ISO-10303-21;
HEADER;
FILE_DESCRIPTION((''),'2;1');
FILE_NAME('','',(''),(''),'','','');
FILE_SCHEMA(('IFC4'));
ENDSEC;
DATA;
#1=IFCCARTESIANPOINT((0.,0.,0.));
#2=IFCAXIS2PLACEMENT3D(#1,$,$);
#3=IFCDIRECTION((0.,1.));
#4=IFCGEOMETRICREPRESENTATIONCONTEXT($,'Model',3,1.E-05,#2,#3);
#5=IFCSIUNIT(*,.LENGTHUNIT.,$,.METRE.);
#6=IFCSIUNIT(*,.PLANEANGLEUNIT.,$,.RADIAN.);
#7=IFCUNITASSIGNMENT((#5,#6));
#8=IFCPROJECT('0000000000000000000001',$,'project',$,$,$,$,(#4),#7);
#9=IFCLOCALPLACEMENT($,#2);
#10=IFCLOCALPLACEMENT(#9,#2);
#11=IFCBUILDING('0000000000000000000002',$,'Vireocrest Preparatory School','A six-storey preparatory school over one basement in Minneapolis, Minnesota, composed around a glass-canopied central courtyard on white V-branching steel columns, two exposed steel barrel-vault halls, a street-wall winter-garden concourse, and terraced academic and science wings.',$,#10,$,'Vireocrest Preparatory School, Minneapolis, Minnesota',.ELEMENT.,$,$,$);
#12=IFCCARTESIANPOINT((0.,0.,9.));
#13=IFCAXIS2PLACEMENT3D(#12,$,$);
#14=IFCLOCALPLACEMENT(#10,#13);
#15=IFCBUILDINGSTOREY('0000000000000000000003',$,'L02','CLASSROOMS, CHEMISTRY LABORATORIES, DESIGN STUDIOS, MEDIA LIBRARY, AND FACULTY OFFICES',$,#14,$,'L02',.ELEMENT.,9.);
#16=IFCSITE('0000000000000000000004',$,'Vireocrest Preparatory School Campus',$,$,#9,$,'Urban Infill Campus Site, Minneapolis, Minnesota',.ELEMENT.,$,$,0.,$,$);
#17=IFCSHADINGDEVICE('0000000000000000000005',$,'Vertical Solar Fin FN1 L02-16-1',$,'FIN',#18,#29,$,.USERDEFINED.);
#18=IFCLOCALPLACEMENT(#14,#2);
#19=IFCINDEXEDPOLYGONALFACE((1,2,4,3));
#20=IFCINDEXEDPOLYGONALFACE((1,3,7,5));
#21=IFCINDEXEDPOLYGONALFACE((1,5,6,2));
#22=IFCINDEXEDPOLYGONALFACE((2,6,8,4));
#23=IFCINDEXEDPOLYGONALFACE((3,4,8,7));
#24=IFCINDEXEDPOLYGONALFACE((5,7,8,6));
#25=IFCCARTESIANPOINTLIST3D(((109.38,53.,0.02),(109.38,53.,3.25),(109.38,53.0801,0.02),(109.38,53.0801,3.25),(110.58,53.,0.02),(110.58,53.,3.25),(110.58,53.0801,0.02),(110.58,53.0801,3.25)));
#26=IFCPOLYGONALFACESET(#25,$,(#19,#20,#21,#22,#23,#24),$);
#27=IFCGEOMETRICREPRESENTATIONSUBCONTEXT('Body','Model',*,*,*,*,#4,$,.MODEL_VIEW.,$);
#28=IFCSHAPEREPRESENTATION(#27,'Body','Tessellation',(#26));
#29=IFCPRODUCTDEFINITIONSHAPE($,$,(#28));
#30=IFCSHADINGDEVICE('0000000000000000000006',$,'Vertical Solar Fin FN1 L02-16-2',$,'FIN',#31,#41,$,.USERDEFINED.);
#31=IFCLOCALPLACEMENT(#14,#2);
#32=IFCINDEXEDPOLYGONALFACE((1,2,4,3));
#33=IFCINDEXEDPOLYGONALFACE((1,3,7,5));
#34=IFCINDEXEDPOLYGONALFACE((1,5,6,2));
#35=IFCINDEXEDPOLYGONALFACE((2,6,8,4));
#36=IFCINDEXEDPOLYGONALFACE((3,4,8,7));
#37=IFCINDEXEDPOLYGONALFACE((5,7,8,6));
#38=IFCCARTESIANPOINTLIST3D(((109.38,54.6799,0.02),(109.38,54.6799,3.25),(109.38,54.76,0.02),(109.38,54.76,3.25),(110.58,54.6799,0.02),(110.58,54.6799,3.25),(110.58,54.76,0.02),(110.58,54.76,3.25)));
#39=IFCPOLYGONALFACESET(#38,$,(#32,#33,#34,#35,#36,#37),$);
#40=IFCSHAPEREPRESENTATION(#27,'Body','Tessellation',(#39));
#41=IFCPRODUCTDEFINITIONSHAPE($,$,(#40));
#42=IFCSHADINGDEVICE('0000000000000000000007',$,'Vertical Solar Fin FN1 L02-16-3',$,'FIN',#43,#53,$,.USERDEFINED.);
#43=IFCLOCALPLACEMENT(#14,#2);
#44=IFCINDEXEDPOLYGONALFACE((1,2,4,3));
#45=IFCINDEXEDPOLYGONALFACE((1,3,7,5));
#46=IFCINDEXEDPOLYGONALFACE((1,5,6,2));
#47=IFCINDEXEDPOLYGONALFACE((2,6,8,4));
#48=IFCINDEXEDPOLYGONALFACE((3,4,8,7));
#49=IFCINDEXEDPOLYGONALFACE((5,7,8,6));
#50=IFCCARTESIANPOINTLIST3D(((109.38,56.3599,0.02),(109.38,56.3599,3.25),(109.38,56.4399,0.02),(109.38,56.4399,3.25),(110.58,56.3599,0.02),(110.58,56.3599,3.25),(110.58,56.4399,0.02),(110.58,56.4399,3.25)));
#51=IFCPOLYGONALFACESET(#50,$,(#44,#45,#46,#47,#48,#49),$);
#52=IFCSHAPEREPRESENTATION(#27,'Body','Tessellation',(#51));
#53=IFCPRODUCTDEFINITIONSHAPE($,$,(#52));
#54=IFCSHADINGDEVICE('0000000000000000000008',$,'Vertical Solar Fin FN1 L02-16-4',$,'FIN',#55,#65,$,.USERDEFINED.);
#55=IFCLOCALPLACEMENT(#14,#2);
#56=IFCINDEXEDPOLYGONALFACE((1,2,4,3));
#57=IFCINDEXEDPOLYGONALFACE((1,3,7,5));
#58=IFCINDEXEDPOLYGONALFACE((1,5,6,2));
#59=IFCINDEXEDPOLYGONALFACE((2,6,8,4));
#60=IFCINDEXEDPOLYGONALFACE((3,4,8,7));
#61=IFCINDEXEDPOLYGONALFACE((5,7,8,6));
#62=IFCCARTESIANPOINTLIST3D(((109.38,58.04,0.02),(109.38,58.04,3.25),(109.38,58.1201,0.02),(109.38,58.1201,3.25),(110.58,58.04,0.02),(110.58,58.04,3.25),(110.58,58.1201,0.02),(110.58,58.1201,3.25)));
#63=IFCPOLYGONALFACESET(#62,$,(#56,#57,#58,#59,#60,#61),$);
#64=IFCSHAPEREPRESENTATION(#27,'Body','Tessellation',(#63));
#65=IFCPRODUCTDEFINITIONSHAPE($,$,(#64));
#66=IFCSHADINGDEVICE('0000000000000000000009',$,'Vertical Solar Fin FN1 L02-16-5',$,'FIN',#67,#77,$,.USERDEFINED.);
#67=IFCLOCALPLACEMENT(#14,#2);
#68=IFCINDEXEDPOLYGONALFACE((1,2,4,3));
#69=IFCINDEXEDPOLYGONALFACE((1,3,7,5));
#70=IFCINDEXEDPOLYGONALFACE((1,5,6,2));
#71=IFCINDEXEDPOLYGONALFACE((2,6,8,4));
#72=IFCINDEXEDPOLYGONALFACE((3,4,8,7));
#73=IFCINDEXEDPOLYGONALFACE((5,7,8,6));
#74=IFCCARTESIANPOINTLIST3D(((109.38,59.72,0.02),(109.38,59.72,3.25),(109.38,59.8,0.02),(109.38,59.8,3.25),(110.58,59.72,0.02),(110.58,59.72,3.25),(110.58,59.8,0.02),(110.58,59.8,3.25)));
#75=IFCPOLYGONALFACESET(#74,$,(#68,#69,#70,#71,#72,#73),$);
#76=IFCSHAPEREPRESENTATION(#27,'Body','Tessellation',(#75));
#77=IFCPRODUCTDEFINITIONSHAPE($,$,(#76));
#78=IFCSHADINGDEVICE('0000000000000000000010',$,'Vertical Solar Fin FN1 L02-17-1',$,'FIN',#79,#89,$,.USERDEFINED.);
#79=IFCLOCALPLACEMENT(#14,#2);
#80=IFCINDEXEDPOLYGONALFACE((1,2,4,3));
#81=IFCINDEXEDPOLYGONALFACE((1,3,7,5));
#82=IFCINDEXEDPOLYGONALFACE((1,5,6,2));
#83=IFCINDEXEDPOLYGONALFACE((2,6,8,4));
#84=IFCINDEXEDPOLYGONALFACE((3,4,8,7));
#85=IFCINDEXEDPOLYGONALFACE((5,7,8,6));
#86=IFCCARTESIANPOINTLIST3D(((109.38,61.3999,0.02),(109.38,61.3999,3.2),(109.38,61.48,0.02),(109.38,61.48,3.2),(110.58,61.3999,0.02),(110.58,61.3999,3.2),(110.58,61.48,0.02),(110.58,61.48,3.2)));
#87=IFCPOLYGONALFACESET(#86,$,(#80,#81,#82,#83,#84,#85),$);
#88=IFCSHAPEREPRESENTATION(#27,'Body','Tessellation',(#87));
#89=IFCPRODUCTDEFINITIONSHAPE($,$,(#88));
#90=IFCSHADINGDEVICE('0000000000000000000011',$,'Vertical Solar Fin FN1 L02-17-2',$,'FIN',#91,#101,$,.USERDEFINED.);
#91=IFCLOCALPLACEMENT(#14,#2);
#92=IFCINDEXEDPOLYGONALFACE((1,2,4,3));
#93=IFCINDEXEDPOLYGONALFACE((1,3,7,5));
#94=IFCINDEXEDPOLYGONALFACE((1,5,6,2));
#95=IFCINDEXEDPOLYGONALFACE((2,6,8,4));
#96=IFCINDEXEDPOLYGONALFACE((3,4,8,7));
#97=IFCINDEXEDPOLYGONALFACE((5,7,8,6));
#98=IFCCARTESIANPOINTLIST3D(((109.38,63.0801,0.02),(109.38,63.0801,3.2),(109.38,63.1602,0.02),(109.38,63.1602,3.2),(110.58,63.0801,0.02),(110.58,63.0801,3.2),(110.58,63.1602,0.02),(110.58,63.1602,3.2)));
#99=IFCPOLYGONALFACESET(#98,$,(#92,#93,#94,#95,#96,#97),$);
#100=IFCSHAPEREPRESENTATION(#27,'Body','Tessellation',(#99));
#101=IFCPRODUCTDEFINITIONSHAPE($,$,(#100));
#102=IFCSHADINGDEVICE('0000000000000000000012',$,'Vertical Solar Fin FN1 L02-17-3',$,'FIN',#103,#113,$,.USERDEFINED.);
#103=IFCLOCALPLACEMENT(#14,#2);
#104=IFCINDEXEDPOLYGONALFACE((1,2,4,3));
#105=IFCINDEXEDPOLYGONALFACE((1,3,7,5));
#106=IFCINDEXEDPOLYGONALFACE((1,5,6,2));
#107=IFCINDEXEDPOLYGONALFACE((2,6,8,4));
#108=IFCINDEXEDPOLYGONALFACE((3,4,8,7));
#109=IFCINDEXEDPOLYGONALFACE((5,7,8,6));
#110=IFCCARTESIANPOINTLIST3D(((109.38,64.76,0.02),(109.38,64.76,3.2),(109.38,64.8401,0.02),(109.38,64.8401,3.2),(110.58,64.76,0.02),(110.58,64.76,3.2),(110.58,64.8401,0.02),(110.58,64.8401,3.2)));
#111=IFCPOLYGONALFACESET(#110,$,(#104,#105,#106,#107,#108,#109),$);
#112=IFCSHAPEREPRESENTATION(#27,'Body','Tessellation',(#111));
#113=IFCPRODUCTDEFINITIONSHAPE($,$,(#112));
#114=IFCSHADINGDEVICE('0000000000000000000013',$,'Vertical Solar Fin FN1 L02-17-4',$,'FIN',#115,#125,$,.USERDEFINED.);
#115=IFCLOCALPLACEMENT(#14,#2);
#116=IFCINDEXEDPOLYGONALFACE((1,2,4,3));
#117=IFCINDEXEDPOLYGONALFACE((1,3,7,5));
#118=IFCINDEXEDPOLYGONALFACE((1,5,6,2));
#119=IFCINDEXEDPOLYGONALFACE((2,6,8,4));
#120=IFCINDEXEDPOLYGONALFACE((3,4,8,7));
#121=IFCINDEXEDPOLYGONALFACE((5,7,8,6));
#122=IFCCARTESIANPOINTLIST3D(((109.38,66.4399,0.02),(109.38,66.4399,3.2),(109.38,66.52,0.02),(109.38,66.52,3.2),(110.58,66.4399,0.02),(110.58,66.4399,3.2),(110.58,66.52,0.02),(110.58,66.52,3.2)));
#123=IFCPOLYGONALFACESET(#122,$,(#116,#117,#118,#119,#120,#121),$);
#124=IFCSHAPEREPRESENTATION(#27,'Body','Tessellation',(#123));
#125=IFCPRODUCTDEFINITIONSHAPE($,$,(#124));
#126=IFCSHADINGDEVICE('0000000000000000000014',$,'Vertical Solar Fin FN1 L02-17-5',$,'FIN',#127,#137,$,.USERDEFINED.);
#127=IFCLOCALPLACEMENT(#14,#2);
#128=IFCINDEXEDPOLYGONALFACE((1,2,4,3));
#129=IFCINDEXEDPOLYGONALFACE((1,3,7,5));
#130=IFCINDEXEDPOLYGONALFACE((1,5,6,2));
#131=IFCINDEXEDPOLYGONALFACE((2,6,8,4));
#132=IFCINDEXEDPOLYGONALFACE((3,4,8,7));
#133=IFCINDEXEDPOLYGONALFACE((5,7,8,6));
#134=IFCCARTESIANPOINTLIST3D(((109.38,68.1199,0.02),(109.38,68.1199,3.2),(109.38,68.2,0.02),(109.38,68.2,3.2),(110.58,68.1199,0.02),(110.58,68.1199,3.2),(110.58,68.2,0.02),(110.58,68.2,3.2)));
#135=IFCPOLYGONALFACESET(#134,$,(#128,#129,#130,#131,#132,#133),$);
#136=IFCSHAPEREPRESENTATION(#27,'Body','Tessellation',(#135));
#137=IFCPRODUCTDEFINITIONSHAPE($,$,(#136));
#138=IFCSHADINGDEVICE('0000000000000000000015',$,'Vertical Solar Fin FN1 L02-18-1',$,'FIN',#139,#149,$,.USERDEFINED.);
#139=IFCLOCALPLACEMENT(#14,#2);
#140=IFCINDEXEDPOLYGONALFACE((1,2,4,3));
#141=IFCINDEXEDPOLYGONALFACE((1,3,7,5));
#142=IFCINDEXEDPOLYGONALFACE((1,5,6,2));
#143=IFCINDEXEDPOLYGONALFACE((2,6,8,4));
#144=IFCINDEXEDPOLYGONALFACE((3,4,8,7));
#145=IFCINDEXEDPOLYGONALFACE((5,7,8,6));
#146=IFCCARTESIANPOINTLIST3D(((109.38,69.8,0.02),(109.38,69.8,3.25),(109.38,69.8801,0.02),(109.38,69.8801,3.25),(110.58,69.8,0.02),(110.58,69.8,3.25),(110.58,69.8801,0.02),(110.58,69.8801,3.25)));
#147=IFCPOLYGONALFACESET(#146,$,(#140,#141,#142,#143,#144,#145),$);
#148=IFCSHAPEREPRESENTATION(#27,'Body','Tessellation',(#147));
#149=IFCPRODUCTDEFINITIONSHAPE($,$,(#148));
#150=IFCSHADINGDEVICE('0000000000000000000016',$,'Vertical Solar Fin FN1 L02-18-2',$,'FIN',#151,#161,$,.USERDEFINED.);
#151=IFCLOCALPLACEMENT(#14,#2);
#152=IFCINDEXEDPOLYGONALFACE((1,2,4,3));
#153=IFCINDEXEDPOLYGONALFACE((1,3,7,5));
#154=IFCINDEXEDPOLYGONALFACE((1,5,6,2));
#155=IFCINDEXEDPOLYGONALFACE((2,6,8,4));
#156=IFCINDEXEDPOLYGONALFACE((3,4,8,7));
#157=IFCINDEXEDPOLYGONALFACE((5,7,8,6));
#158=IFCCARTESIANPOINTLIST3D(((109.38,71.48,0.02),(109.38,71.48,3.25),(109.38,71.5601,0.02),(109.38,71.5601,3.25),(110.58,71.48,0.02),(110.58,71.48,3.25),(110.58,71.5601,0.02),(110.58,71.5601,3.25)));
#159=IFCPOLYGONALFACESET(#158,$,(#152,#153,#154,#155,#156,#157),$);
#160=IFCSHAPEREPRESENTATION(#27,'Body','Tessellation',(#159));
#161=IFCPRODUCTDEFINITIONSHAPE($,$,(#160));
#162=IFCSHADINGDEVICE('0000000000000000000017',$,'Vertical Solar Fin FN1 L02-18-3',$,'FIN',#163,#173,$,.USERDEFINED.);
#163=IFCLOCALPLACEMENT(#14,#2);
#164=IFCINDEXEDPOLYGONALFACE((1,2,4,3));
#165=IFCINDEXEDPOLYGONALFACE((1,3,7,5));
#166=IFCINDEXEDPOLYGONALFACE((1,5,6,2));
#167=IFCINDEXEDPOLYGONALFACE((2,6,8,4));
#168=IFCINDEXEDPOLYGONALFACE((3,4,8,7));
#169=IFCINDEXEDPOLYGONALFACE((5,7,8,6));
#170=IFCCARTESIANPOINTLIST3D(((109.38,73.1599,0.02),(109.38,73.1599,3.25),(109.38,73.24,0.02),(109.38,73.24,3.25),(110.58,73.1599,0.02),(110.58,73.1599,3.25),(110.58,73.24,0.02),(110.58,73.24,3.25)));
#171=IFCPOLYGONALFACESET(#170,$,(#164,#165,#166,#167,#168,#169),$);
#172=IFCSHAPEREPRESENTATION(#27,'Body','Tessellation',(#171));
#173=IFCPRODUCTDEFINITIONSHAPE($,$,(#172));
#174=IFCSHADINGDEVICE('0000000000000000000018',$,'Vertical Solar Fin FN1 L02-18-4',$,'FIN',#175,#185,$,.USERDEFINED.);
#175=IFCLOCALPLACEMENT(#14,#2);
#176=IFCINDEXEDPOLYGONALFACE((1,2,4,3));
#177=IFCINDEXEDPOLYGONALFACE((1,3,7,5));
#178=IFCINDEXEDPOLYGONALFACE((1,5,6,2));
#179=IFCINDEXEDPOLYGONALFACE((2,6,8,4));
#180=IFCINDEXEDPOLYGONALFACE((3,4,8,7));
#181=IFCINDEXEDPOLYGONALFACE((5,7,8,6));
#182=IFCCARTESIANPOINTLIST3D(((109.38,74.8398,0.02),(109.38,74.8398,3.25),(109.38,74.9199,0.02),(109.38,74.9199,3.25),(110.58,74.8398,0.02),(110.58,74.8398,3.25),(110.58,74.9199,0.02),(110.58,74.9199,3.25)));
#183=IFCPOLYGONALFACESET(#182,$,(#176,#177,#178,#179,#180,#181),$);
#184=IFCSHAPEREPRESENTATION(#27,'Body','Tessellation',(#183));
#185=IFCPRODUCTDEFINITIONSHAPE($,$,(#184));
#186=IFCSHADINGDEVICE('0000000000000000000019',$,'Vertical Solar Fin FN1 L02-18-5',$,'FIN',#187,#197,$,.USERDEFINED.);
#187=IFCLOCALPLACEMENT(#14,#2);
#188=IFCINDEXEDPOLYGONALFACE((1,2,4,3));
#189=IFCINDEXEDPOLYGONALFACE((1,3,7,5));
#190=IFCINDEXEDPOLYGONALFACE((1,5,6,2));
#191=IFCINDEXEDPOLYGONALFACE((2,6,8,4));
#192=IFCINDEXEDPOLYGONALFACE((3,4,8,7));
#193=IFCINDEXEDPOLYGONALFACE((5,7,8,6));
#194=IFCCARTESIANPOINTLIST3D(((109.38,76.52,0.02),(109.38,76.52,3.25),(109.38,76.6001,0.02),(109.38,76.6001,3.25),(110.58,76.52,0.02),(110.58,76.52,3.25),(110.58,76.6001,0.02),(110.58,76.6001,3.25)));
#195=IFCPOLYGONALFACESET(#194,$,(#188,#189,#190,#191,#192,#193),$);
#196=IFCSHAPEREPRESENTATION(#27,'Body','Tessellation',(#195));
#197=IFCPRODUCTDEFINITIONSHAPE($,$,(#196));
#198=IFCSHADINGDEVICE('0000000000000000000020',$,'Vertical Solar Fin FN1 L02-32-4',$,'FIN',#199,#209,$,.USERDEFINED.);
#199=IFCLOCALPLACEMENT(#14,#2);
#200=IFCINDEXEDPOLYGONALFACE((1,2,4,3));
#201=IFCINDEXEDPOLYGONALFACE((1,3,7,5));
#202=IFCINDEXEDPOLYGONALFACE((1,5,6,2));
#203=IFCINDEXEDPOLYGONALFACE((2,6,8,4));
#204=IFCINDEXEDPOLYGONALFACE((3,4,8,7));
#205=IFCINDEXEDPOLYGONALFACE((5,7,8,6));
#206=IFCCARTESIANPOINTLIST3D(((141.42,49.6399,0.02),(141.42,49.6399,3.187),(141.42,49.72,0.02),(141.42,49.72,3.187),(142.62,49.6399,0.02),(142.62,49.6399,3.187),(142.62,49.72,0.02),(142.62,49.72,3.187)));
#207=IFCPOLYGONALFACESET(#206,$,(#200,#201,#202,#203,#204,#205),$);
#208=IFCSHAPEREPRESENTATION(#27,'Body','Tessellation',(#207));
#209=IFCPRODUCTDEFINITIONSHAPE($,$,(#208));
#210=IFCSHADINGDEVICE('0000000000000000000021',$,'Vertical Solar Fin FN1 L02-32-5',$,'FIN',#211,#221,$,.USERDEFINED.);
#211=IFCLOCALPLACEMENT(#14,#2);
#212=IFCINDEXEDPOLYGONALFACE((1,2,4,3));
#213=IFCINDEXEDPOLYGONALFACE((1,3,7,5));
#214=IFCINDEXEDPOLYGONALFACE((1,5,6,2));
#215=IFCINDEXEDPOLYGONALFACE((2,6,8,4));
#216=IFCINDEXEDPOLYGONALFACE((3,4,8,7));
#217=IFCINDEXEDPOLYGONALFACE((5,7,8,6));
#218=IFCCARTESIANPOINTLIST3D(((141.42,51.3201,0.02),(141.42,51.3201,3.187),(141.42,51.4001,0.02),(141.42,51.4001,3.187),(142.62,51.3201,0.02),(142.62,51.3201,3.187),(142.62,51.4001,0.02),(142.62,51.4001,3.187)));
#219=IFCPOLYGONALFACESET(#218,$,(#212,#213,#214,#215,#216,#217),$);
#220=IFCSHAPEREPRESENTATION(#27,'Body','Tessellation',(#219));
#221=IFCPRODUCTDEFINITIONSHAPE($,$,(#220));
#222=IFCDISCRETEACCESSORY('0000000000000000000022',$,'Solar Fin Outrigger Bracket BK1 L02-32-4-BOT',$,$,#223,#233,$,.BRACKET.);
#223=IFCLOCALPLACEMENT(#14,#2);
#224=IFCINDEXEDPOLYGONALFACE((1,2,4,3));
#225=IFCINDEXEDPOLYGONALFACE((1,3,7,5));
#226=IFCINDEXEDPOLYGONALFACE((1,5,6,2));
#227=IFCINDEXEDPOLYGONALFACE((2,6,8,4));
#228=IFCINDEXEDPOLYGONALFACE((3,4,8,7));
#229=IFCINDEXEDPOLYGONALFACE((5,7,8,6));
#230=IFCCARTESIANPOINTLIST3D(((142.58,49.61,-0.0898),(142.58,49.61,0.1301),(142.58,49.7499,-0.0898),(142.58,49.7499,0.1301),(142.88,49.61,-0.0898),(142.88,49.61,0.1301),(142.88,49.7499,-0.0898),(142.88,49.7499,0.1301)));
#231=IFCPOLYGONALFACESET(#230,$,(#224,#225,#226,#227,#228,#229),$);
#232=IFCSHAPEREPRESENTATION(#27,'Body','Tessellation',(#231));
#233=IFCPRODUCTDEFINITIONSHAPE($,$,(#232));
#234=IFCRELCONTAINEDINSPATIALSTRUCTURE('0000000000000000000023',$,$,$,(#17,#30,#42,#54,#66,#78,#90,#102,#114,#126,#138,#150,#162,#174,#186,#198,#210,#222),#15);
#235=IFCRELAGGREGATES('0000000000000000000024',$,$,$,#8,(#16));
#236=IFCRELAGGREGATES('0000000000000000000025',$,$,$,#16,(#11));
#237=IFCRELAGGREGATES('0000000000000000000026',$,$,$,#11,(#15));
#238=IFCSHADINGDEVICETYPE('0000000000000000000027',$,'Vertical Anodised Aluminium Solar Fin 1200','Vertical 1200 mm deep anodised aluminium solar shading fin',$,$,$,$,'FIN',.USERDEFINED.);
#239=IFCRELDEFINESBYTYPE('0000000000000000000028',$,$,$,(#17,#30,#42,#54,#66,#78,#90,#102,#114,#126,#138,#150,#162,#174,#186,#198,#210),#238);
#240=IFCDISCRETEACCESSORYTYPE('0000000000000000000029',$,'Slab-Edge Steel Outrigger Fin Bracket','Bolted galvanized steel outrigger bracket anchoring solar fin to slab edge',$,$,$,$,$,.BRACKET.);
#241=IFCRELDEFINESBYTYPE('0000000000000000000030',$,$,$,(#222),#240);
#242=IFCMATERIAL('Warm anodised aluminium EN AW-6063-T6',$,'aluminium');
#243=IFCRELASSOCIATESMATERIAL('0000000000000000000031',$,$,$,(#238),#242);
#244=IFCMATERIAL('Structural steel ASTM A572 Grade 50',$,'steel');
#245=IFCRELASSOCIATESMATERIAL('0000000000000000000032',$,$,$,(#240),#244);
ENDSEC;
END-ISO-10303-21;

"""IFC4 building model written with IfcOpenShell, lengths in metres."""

from ifc_helpers import new_model, si_unit, direction, frame, origin, origin_2d, place, context, subcontext, project, spatial, rectangle, extrude, material, material_profile, profile_set, type_object, element, save


model = new_model("IFC4")

# Units and contexts
model_context = context("Model", 3, precision=1e-05, world=origin(), true_north=direction((0.0, 1.0)))
body_context = subcontext(model_context, "Body", "Model", "MODEL_VIEW")
ifc_project = project(units=[si_unit("LENGTHUNIT", "METRE"), si_unit("PLANEANGLEUNIT", "RADIAN")], contexts=[model_context])

# Site, building, storey
site_placement = place(None, origin())
site = spatial("IfcSite", under=ifc_project, at=site_placement, Name="Vireocrest Preparatory School Campus", LongName="Urban Infill Campus Site, Minneapolis, Minnesota", CompositionType="ELEMENT", RefElevation=0.0)
building_placement = place(site_placement, origin())
building = spatial("IfcBuilding", under=site, at=building_placement, Name="Vireocrest Preparatory School", Description="A six-storey preparatory school over one basement in Minneapolis, Minnesota, composed around a glass-canopied central courtyard on white V-branching steel columns, two exposed steel barrel-vault halls, a street-wall winter-garden concourse, and terraced academic and science wings.", LongName="Vireocrest Preparatory School, Minneapolis, Minnesota", CompositionType="ELEMENT")
storey_placement = place(building_placement, frame((0.0, 0.0, 9.0)))
storey = spatial("IfcBuildingStorey", under=building, at=storey_placement, Name="L02", Description="CLASSROOMS, CHEMISTRY LABORATORIES, DESIGN STUDIOS, MEDIA LIBRARY, AND FACULTY OFFICES", LongName="L02", CompositionType="ELEMENT", Elevation=9.0)

# Shading devices
ifc_material_1 = material(Name="Warm anodised aluminium EN AW-6063-T6", Category="aluminium")
ifc_material_profile = material_profile(ifc_material_1, rectangle(XDim=0.0801, YDim=1.2, at=origin_2d()), Name="FIN 80x1200")
ifc_profile_set = profile_set([ifc_material_profile], Name="Warm anodised aluminium EN AW-6063-T6")
shading_device_type = type_object("IfcShadingDeviceType", Name="Vertical Anodised Aluminium Solar Fin 1200", Description="Vertical 1200 mm deep anodised aluminium solar shading fin", ElementType="FIN", PredefinedType="USERDEFINED", material=ifc_profile_set)
for number, where, z_axis, x_axis, name in (
    (1, (109.98, 53.04, 0.02), (0.0, 0.0, 1.0), (0.0, -1.0, 0.0), "Vertical Solar Fin FN1 L02-16-1"),
    (2, (109.98, 54.72, 0.02), (0.0, 0.0, 1.0), (0.0, -1.0, 0.0), "Vertical Solar Fin FN1 L02-16-2"),
    (3, (109.98, 56.3999, 0.02), (0.0, 0.0, 1.0), (0.0, -1.0, 0.0), "Vertical Solar Fin FN1 L02-16-3"),
    (4, (109.98, 58.0801, 0.02), (0.0, 0.0, 1.0), (0.0, -1.0, 0.0), "Vertical Solar Fin FN1 L02-16-4"),
    (5, (109.98, 59.76, 0.02), (0.0, 0.0, 1.0), (0.0, -1.0, 0.0), "Vertical Solar Fin FN1 L02-16-5"),
):
    element("IfcShadingDevice", number, at=place(storey_placement, frame(where, z_axis=z_axis, x_axis=x_axis)), inside=storey, type_object=shading_device_type, Name=name, ObjectType="FIN", PredefinedType="USERDEFINED", context=body_context, shape_type="SweptSolid", body=[
        extrude(rectangle(XDim=0.0801, YDim=1.2, at=origin_2d()), origin(), (0.0, 0.0, 1.0), 3.23),
    ])
for number, where, z_axis, x_axis, name in (
    (6, (109.98, 61.4399, 0.02), (0.0, 0.0, 1.0), (0.0, -1.0, 0.0), "Vertical Solar Fin FN1 L02-17-1"),
    (7, (109.98, 63.1201, 0.02), (0.0, 0.0, 1.0), (0.0, -1.0, 0.0), "Vertical Solar Fin FN1 L02-17-2"),
    (8, (109.98, 64.8, 0.02), (0.0, 0.0, 1.0), (0.0, -1.0, 0.0), "Vertical Solar Fin FN1 L02-17-3"),
    (9, (109.98, 66.48, 0.02), (0.0, 0.0, 1.0), (0.0, -1.0, 0.0), "Vertical Solar Fin FN1 L02-17-4"),
    (10, (109.98, 68.1599, 0.02), (0.0, 0.0, 1.0), (0.0, -1.0, 0.0), "Vertical Solar Fin FN1 L02-17-5"),
):
    element("IfcShadingDevice", number, at=place(storey_placement, frame(where, z_axis=z_axis, x_axis=x_axis)), inside=storey, type_object=shading_device_type, Name=name, ObjectType="FIN", PredefinedType="USERDEFINED", context=body_context, shape_type="SweptSolid", body=[
        extrude(rectangle(XDim=0.0801, YDim=1.2, at=origin_2d()), origin(), (0.0, 0.0, 1.0), 3.1799),
    ])
for number, where, z_axis, x_axis, name in (
    (11, (109.98, 69.8401, 0.02), (0.0, 0.0, 1.0), (0.0, -1.0, 0.0), "Vertical Solar Fin FN1 L02-18-1"),
    (12, (109.98, 71.52, 0.02), (0.0, 0.0, 1.0), (0.0, -1.0, 0.0), "Vertical Solar Fin FN1 L02-18-2"),
    (13, (109.98, 73.2, 0.02), (0.0, 0.0, 1.0), (0.0, -1.0, 0.0), "Vertical Solar Fin FN1 L02-18-3"),
    (14, (109.98, 74.8799, 0.02), (0.0, 0.0, 1.0), (0.0, -1.0, 0.0), "Vertical Solar Fin FN1 L02-18-4"),
    (15, (109.98, 76.5601, 0.02), (0.0, 0.0, 1.0), (0.0, -1.0, 0.0), "Vertical Solar Fin FN1 L02-18-5"),
):
    element("IfcShadingDevice", number, at=place(storey_placement, frame(where, z_axis=z_axis, x_axis=x_axis)), inside=storey, type_object=shading_device_type, Name=name, ObjectType="FIN", PredefinedType="USERDEFINED", context=body_context, shape_type="SweptSolid", body=[
        extrude(rectangle(XDim=0.0801, YDim=1.2, at=origin_2d()), origin(), (0.0, 0.0, 1.0), 3.23),
    ])
for number, where, z_axis, x_axis, name in (
    (16, (142.02, 49.6799, 0.02), (0.0, 0.0, 1.0), (0.0, 1.0, 0.0), "Vertical Solar Fin FN1 L02-32-4"),
    (17, (142.02, 51.3601, 0.02), (0.0, 0.0, 1.0), (0.0, 1.0, 0.0), "Vertical Solar Fin FN1 L02-32-5"),
):
    element("IfcShadingDevice", number, at=place(storey_placement, frame(where, z_axis=z_axis, x_axis=x_axis)), inside=storey, type_object=shading_device_type, Name=name, ObjectType="FIN", PredefinedType="USERDEFINED", context=body_context, shape_type="SweptSolid", body=[
        extrude(rectangle(XDim=0.0801, YDim=1.2, at=origin_2d()), origin(), (0.0, 0.0, 1.0), 3.167),
    ])

# Discrete accessory
ifc_material_2 = material(Name="Structural steel ASTM A572 Grade 50", Category="steel")
discrete_accessory_type = type_object("IfcDiscreteAccessoryType", Name="Slab-Edge Steel Outrigger Fin Bracket", Description="Bolted galvanized steel outrigger bracket anchoring solar fin to slab edge", PredefinedType="BRACKET", material=ifc_material_2)
discrete_accessory_placement = place(storey_placement, frame((142.73, 49.6799, -0.0898), z_axis=(0.0, 0.0, 1.0), x_axis=(0.0, 1.0, 0.0)))
element("IfcDiscreteAccessory", 18, at=discrete_accessory_placement, inside=storey, type_object=discrete_accessory_type, Name="Solar Fin Outrigger Bracket BK1 L02-32-4-BOT", PredefinedType="BRACKET", context=body_context, shape_type="SweptSolid", body=[
    extrude(rectangle(XDim=0.1399, YDim=0.3, at=origin_2d()), origin(), (0.0, 0.0, 1.0), 0.22),
])

save(model, "model.ifc")
